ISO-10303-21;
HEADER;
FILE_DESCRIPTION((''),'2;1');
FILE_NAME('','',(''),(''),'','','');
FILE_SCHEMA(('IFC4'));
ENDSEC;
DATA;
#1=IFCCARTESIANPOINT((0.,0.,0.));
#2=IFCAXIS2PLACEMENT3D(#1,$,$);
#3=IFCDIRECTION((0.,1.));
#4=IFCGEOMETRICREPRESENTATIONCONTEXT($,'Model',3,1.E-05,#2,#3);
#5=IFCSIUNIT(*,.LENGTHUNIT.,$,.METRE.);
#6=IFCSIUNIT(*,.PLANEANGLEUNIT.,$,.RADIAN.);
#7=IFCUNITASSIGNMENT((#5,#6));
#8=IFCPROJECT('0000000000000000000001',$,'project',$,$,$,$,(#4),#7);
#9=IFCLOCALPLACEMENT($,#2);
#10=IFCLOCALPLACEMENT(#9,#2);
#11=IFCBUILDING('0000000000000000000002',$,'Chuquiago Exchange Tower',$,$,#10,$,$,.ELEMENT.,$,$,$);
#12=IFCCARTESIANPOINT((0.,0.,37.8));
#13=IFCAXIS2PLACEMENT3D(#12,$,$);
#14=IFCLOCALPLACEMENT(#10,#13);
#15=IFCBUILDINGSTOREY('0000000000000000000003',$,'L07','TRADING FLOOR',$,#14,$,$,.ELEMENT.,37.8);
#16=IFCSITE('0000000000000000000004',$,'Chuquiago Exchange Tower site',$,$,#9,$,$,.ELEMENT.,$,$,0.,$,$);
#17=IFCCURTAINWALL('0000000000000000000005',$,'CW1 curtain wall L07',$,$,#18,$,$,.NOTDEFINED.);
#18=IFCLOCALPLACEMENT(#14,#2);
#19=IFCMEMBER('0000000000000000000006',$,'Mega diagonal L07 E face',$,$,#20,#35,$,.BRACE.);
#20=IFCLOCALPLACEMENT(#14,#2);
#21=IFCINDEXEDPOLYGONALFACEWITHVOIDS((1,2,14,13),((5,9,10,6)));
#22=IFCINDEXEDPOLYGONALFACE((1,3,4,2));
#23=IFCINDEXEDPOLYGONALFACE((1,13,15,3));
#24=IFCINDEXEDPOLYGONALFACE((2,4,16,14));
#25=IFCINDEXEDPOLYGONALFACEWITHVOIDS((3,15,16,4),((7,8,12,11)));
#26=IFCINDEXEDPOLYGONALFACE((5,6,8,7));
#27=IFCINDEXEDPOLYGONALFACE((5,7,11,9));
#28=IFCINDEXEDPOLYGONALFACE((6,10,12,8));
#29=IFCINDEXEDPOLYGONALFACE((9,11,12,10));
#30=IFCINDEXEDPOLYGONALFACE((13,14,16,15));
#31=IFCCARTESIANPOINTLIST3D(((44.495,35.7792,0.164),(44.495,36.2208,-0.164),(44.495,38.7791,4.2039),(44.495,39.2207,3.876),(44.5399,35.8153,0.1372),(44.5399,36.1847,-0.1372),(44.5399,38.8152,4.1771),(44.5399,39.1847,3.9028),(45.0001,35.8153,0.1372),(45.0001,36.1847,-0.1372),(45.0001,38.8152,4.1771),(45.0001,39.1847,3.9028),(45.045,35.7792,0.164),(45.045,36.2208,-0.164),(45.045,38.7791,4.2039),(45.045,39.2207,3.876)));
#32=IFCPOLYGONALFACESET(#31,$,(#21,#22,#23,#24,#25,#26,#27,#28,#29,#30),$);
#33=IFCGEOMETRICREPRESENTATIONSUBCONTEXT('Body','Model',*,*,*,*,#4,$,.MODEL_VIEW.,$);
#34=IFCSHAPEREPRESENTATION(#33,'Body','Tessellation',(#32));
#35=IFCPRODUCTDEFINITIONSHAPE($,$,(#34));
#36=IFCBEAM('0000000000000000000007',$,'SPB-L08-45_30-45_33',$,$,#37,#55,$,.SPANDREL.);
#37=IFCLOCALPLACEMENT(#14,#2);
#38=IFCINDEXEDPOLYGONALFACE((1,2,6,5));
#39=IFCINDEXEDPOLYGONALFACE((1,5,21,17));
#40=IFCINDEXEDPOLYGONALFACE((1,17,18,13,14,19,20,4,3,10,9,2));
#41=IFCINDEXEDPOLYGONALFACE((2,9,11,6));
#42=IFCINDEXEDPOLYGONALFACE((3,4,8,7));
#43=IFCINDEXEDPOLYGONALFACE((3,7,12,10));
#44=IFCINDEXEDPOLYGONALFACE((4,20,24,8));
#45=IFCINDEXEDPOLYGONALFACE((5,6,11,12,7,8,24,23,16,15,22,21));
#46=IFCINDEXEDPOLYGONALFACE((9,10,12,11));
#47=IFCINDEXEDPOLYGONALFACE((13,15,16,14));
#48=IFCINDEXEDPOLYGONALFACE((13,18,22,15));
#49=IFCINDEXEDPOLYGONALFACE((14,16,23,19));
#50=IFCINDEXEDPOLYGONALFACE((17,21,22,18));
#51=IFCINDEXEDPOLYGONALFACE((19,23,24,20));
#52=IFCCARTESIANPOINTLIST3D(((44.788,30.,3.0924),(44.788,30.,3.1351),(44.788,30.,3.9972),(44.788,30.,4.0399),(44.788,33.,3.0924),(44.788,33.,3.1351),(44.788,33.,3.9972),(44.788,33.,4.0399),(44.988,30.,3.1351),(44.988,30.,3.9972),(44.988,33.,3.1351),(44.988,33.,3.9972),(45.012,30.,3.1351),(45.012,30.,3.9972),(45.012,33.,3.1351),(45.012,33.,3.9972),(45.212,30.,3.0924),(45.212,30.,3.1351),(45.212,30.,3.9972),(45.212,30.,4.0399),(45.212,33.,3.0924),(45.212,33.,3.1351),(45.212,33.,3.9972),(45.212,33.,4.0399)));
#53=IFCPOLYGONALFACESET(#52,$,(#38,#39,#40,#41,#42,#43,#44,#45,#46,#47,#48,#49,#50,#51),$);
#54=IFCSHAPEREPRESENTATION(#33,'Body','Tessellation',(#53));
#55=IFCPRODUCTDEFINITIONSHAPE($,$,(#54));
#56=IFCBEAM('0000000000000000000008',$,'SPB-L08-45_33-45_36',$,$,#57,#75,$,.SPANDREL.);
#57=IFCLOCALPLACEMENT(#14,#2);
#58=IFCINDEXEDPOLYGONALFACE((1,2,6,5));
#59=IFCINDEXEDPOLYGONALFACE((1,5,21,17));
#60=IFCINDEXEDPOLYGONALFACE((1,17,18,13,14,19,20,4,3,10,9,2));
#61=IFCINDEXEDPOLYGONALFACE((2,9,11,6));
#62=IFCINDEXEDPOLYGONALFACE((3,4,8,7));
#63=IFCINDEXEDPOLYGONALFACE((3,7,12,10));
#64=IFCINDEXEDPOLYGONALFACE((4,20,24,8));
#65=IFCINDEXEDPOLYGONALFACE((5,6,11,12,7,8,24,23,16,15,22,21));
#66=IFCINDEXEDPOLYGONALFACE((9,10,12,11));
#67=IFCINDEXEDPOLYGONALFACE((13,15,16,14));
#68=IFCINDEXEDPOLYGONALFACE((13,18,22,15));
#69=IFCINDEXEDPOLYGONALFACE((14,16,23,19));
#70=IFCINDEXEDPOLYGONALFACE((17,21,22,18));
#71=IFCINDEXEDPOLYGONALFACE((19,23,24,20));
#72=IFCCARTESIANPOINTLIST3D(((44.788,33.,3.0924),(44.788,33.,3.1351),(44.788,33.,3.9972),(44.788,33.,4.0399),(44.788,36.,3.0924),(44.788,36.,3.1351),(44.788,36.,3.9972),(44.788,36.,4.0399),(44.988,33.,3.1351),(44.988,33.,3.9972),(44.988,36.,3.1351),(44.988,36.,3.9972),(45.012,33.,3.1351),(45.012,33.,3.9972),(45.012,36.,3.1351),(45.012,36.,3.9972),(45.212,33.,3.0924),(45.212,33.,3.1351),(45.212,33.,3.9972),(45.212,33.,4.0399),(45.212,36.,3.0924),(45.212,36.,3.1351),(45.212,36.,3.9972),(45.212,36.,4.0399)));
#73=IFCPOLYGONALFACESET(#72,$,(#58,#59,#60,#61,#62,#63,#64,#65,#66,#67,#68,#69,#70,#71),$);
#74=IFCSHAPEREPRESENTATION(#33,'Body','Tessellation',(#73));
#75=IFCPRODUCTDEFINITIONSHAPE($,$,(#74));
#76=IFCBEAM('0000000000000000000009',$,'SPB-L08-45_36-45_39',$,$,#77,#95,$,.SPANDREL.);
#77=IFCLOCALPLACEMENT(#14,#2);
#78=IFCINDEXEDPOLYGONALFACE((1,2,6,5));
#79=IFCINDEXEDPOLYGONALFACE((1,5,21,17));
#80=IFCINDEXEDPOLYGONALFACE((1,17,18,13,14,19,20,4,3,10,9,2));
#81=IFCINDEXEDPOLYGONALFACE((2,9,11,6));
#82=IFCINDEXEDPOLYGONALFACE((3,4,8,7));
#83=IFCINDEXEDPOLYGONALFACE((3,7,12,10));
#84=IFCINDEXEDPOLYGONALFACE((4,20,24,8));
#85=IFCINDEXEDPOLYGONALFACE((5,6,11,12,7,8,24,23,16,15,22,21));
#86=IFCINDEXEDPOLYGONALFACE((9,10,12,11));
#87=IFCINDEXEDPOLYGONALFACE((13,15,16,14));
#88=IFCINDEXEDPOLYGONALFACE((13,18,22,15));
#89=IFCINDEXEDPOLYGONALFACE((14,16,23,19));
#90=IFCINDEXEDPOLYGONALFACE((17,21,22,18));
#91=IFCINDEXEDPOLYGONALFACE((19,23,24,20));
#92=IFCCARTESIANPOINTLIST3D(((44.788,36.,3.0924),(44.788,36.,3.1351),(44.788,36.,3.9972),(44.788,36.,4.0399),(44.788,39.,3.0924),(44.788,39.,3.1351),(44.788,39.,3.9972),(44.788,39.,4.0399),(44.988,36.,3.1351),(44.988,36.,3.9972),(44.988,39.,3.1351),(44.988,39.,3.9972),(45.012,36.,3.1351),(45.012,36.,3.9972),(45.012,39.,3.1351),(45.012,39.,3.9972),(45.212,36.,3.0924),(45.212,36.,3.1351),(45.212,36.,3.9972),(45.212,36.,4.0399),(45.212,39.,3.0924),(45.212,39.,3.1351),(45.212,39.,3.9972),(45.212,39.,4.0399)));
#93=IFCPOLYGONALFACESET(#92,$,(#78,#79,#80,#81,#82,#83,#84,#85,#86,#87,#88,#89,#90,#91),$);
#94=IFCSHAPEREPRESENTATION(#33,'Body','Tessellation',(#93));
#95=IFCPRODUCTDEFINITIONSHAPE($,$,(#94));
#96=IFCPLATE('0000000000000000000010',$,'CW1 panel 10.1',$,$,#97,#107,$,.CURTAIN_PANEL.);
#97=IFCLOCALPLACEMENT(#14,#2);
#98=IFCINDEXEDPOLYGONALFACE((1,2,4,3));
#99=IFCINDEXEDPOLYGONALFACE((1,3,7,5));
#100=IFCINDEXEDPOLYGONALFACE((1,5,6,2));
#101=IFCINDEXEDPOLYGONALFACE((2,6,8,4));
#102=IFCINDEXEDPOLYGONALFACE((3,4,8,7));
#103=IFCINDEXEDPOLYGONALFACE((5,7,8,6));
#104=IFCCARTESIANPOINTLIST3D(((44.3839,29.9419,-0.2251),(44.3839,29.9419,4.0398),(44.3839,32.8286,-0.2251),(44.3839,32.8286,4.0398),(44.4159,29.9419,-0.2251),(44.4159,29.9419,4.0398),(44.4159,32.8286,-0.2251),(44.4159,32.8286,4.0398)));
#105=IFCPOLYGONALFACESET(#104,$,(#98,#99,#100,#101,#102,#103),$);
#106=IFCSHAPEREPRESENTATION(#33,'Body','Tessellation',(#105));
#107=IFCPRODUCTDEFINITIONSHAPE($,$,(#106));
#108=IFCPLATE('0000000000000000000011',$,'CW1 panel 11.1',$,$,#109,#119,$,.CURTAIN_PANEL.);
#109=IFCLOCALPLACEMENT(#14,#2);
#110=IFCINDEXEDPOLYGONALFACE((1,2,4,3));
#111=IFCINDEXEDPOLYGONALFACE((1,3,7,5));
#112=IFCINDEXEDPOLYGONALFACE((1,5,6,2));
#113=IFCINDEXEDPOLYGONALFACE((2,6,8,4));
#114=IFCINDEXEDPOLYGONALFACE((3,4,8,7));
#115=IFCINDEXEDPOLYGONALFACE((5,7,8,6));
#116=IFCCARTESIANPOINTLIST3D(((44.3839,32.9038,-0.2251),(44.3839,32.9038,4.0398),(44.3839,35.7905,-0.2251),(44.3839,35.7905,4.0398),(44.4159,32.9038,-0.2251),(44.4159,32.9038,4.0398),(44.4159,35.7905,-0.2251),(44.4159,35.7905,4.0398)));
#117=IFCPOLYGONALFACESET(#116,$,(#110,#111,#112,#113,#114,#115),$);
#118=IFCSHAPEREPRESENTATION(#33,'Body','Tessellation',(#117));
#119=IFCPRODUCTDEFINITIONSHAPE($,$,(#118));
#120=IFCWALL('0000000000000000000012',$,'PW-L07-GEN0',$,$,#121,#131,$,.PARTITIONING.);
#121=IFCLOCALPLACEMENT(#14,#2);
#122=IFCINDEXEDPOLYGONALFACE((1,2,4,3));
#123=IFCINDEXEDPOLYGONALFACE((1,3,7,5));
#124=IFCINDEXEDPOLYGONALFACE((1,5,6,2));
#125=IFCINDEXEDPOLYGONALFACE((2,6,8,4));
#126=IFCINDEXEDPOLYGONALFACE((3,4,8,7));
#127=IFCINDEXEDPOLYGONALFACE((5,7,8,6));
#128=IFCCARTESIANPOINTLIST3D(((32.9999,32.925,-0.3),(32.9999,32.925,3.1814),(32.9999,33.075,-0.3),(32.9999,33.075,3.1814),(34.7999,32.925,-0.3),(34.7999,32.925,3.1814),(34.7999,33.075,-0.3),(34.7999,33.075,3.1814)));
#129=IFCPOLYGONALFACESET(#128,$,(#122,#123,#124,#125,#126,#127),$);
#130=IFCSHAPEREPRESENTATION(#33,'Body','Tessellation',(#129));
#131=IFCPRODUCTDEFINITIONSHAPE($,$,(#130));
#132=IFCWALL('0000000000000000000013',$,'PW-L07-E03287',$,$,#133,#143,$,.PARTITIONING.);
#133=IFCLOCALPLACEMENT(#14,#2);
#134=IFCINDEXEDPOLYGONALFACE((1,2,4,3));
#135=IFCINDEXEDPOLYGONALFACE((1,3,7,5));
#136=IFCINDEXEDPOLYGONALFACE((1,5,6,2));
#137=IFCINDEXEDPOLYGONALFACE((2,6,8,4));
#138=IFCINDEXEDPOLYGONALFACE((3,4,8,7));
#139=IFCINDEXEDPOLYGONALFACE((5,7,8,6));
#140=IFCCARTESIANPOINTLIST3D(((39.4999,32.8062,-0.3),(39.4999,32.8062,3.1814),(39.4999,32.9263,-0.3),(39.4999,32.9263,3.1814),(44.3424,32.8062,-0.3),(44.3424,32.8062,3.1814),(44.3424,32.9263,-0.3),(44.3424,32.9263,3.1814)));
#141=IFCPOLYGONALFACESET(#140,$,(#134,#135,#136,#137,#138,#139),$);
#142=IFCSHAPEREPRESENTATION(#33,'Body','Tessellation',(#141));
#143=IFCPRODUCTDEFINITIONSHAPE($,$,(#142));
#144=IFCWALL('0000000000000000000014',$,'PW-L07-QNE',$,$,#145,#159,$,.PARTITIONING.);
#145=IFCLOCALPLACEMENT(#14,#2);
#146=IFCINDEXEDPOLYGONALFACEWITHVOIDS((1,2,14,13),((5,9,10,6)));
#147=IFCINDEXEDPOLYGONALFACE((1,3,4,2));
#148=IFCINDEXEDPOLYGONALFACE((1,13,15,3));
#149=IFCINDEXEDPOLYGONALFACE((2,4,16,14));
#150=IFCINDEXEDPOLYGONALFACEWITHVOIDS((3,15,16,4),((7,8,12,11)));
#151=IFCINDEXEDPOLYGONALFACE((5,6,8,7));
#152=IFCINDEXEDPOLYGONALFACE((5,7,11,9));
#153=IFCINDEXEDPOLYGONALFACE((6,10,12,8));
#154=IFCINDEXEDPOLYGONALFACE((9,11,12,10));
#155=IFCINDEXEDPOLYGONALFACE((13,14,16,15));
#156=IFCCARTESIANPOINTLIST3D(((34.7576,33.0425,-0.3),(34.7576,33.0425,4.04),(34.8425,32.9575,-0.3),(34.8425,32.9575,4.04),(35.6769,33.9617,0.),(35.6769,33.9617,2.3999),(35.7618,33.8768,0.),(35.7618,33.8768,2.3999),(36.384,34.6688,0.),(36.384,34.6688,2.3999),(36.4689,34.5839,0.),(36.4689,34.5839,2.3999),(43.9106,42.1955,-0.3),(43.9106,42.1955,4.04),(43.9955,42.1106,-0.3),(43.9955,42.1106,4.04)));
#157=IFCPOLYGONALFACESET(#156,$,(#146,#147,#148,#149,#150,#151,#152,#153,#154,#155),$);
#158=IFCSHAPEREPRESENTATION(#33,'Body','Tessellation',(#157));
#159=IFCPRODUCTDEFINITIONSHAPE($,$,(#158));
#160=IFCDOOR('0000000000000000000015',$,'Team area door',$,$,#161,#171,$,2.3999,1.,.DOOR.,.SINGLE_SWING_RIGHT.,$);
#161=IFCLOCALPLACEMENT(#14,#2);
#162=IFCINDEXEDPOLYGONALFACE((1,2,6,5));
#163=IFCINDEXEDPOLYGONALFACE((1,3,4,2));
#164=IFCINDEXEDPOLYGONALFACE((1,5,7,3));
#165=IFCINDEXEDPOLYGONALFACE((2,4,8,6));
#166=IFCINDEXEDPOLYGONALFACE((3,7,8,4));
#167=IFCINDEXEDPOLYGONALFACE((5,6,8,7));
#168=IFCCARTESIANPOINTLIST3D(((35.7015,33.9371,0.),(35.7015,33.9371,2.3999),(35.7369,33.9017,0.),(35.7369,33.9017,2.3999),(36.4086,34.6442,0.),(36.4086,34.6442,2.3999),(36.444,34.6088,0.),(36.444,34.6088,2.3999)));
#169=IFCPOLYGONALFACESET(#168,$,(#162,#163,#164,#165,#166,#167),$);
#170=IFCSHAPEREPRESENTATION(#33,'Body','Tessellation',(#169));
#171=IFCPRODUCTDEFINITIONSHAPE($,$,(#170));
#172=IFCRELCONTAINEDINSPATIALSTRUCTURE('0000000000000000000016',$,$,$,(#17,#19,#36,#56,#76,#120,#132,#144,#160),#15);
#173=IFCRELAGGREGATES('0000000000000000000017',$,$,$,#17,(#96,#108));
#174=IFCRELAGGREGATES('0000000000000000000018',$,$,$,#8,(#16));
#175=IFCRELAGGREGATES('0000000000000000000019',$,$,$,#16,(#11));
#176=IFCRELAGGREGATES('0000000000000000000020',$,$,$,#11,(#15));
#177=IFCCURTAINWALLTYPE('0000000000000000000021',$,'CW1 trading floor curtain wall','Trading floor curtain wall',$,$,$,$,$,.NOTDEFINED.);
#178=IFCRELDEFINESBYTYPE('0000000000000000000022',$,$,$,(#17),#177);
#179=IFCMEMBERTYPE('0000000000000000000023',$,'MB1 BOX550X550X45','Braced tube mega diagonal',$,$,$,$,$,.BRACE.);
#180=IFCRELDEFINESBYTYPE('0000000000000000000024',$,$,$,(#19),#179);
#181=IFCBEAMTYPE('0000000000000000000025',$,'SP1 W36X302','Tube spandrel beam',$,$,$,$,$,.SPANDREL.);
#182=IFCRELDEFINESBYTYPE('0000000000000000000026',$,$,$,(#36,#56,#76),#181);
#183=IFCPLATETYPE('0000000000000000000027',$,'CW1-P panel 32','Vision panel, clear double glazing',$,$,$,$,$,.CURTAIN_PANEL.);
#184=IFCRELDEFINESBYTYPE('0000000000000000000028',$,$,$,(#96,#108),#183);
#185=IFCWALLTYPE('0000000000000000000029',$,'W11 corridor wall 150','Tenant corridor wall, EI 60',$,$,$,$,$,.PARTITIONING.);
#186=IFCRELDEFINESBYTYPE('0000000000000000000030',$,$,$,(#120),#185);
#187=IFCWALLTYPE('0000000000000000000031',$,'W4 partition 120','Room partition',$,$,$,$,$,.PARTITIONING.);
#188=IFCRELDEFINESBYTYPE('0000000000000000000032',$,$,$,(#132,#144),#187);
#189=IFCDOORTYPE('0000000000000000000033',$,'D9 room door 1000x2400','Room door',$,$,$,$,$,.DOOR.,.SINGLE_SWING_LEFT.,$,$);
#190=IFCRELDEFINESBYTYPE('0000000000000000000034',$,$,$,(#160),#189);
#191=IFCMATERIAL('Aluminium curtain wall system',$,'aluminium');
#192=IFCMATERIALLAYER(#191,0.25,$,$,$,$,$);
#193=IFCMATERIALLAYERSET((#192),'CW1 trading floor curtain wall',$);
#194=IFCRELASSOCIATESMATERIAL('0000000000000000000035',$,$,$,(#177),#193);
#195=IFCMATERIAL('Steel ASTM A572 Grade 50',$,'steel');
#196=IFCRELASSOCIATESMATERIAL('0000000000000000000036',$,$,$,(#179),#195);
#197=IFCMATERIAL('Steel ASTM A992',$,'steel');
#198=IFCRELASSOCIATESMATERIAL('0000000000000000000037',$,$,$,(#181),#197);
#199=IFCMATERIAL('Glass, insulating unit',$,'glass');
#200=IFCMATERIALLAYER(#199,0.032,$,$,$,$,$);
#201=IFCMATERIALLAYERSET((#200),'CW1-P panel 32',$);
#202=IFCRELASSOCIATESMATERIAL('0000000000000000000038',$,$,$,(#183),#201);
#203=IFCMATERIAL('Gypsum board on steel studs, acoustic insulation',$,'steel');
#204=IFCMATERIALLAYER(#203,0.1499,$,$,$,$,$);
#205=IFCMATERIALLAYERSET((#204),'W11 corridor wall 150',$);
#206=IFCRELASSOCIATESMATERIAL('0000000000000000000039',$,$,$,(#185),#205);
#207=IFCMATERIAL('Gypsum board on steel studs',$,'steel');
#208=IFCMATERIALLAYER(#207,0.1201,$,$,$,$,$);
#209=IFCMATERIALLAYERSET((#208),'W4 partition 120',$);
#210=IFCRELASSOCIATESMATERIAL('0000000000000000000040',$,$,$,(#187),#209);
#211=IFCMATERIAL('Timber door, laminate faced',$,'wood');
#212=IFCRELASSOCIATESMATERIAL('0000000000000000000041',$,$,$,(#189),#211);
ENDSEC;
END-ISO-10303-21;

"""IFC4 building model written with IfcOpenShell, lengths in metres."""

from ifc_helpers import new_model, si_unit, direction, frame, frame_2d, origin, origin_2d, place, context, subcontext, project, spatial, rectangle, hollow_rectangle, i_section, extrude, material, layer, layer_set, material_profile, profile_set, type_object, element, fill, aggregate, save


model = new_model("IFC4")

# Units and contexts
model_context = context("Model", 3, precision=1e-05, world=origin(), true_north=direction((0.0, 1.0)))
body_context = subcontext(model_context, "Body", "Model", "MODEL_VIEW")
ifc_project = project(units=[si_unit("LENGTHUNIT", "METRE"), si_unit("PLANEANGLEUNIT", "RADIAN")], contexts=[model_context])

# Site, building, storey
site_placement = place(None, origin())
site = spatial("IfcSite", under=ifc_project, at=site_placement, Name="Chuquiago Exchange Tower site", CompositionType="ELEMENT", RefElevation=0.0)
building_placement = place(site_placement, origin())
building = spatial("IfcBuilding", under=site, at=building_placement, Name="Chuquiago Exchange Tower", CompositionType="ELEMENT")
storey_placement = place(building_placement, frame((0.0, 0.0, 37.8)))
storey = spatial("IfcBuildingStorey", under=building, at=storey_placement, Name="L07", Description="TRADING FLOOR", CompositionType="ELEMENT", Elevation=37.8)

# Curtain wall
ifc_material_1 = material(Name="Aluminium curtain wall system", Category="aluminium")
ifc_layer_1 = layer(ifc_material_1, 0.25)
ifc_layer_set_1 = layer_set([ifc_layer_1], Name="CW1 trading floor curtain wall")
curtain_wall_type = type_object("IfcCurtainWallType", Name="CW1 trading floor curtain wall", Description="Trading floor curtain wall", PredefinedType="NOTDEFINED", material=ifc_layer_set_1)
curtain_wall_placement = place(storey_placement, origin())
curtain_wall = element("IfcCurtainWall", 1, at=curtain_wall_placement, inside=storey, type_object=curtain_wall_type, Name="CW1 curtain wall L07", PredefinedType="NOTDEFINED")

# Member
ifc_material_2 = material(Name="Steel ASTM A572 Grade 50", Category="steel")
ifc_material_profile_1 = material_profile(ifc_material_2, hollow_rectangle(XDim=0.55, YDim=0.55, WallThickness=0.0449, at=origin_2d()), Name="BOX550X550X45")
ifc_profile_set_1 = profile_set([ifc_material_profile_1], Name="Steel ASTM A572 Grade 50")
member_type_1 = type_object("IfcMemberType", Name="MB1 BOX550X550X45", Description="Braced tube mega diagonal", PredefinedType="BRACE", material=ifc_profile_set_1)
member_1_placement = place(storey_placement, frame((44.77, 36.0, 0.0), z_axis=(0.0, 0.596174, 0.802855), x_axis=(-1.0, 0.0, 0.0)))
element("IfcMember", 2, at=member_1_placement, inside=storey, type_object=member_type_1, Name="Mega diagonal L07 E face", PredefinedType="BRACE", context=body_context, shape_type="SweptSolid", body=[
    extrude(hollow_rectangle(XDim=0.55, YDim=0.55, WallThickness=0.0449, at=origin_2d()), origin(), (0.0, 0.0, 1.0), 5.032),
])

# Beams
ifc_material_3 = material(Name="Steel ASTM A992", Category="steel")
ifc_material_profile_2 = material_profile(ifc_material_3, i_section(OverallWidth=0.4241, OverallDepth=0.9475, WebThickness=0.0239, FlangeThickness=0.0427, at=origin_2d()), Name="W36X302")
ifc_profile_set_2 = profile_set([ifc_material_profile_2], Name="Steel ASTM A992")
beam_type_1 = type_object("IfcBeamType", Name="SP1 W36X302", Description="Tube spandrel beam", PredefinedType="SPANDREL", material=ifc_profile_set_2)
for number, where, z_axis, x_axis, name in (
    (3, (45.0, 30.0, 3.5662), (0.0, 1.0, 0.0), (-1.0, 0.0, 0.0), "SPB-L08-45_30-45_33"),
    (4, (45.0, 33.0, 3.5662), (0.0, 1.0, 0.0), (-1.0, 0.0, 0.0), "SPB-L08-45_33-45_36"),
    (5, (45.0, 36.0, 3.5662), (0.0, 1.0, 0.0), (-1.0, 0.0, 0.0), "SPB-L08-45_36-45_39"),
):
    element("IfcBeam", number, at=place(storey_placement, frame(where, z_axis=z_axis, x_axis=x_axis)), inside=storey, type_object=beam_type_1, Name=name, PredefinedType="SPANDREL", context=body_context, shape_type="SweptSolid", body=[
        extrude(i_section(OverallWidth=0.4241, OverallDepth=0.9475, WebThickness=0.0239, FlangeThickness=0.0427, at=origin_2d()), origin(), (0.0, 0.0, 1.0), 3.0),
    ])

# Plates
ifc_material_4 = material(Name="Glass, insulating unit", Category="glass")
ifc_layer_2 = layer(ifc_material_4, 0.032)
ifc_layer_set_2 = layer_set([ifc_layer_2], Name="CW1-P panel 32")
plate_type = type_object("IfcPlateType", Name="CW1-P panel 32", Description="Vision panel, clear double glazing", PredefinedType="CURTAIN_PANEL", material=ifc_layer_set_2)
plate_1_placement = place(storey_placement, frame((44.3999, 31.3853, -0.2251), z_axis=(0.0, 0.0, 1.0), x_axis=(0.0, 1.0, 0.0)))
plate_1 = element("IfcPlate", 6, at=plate_1_placement, type_object=plate_type, Name="CW1 panel 10.1", PredefinedType="CURTAIN_PANEL", context=body_context, shape_type="SweptSolid", body=[
    extrude(rectangle(XDim=2.8867, YDim=0.032, at=origin_2d()), origin(), (0.0, 0.0, 1.0), 4.2649),
])
plate_2_placement = place(storey_placement, frame((44.3999, 34.3472, -0.2251), z_axis=(0.0, 0.0, 1.0), x_axis=(0.0, 1.0, 0.0)))
plate_2 = element("IfcPlate", 7, at=plate_2_placement, type_object=plate_type, Name="CW1 panel 11.1", PredefinedType="CURTAIN_PANEL", context=body_context, shape_type="SweptSolid", body=[
    extrude(rectangle(XDim=2.8867, YDim=0.032, at=origin_2d()), origin(), (0.0, 0.0, 1.0), 4.2649),
])
aggregate(curtain_wall, [plate_1, plate_2])

# Walls
ifc_material_5 = material(Name="Gypsum board on steel studs, acoustic insulation", Category="steel")
ifc_layer_3 = layer(ifc_material_5, 0.1499)
ifc_layer_set_3 = layer_set([ifc_layer_3], Name="W11 corridor wall 150")
wall_type_1 = type_object("IfcWallType", Name="W11 corridor wall 150", Description="Tenant corridor wall, EI 60", PredefinedType="PARTITIONING", material=ifc_layer_set_3)
wall_1_placement = place(storey_placement, frame((33.0, 33.0, -0.3), z_axis=(0.0, 0.0, 1.0), x_axis=(1.0, 0.0, 0.0)))
element("IfcWall", 8, at=wall_1_placement, inside=storey, type_object=wall_type_1, Name="PW-L07-GEN0", PredefinedType="PARTITIONING", context=body_context, shape_type="SweptSolid", body=[
    extrude(rectangle(XDim=1.8, YDim=0.1499, at=frame_2d((0.8999, 0.0))), origin(), (0.0, 0.0, 1.0), 3.4814),
])
ifc_material_6 = material(Name="Gypsum board on steel studs", Category="steel")
ifc_layer_4 = layer(ifc_material_6, 0.1201)
ifc_layer_set_4 = layer_set([ifc_layer_4], Name="W4 partition 120")
wall_type_2 = type_object("IfcWallType", Name="W4 partition 120", Description="Room partition", PredefinedType="PARTITIONING", material=ifc_layer_set_4)
wall_2_placement = place(storey_placement, frame((44.3425, 32.8662, -0.3), z_axis=(0.0, 0.0, 1.0), x_axis=(-1.0, 0.0, 0.0)))
element("IfcWall", 9, at=wall_2_placement, inside=storey, type_object=wall_type_2, Name="PW-L07-E03287", PredefinedType="PARTITIONING", context=body_context, shape_type="SweptSolid", body=[
    extrude(rectangle(XDim=4.8425, YDim=0.1201, at=frame_2d((2.4214, 0.0))), origin(), (0.0, 0.0, 1.0), 3.4814),
])

# Wall, opening, door
wall_3_placement = place(storey_placement, frame((34.8, 33.0, -0.3), z_axis=(0.0, 0.0, 1.0), x_axis=(0.707107, 0.707107, 0.0)))
wall_3 = element("IfcWall", 10, at=wall_3_placement, inside=storey, type_object=wall_type_2, Name="PW-L07-QNE", PredefinedType="PARTITIONING", context=body_context, shape_type="SweptSolid", body=[
    extrude(rectangle(XDim=12.9443, YDim=0.1201, at=frame_2d((6.4722, 0.0))), origin(), (0.0, 0.0, 1.0), 4.3401),
])
opening_placement = place(wall_3_placement, frame((1.3, 0.0, 0.3)))
opening = element("IfcOpeningElement", 11, at=opening_placement, cuts=wall_3, PredefinedType="OPENING", context=body_context, shape_type="SweptSolid", body=[
    extrude(rectangle(XDim=1.0, YDim=2.3999, at=frame_2d((0.5, 1.2))), frame((0.0, 0.0701, 0.0), z_axis=(0.0, -1.0, 0.0), x_axis=(1.0, 0.0, 0.0)), (0.0, 0.0, 1.0), 0.1401),
])
ifc_material_7 = material(Name="Timber door, laminate faced", Category="wood")
door_type = type_object("IfcDoorType", Name="D9 room door 1000x2400", Description="Room door", OperationType="SINGLE_SWING_LEFT", PredefinedType="DOOR", material=ifc_material_7)
door_placement = place(opening_placement, frame((1.0, 0.0, 0.0), z_axis=(0.0, 0.0, 1.0), x_axis=(-1.0, 0.0, 0.0)))
door = element("IfcDoor", 12, at=door_placement, inside=storey, type_object=door_type, Name="Team area door", OperationType="SINGLE_SWING_RIGHT", OverallHeight=2.3999, OverallWidth=1.0, PredefinedType="DOOR", context=body_context, shape_type="SweptSolid", body=[
    extrude(rectangle(XDim=1.0, YDim=2.3999, at=frame_2d((0.5, 1.2))), frame((0.0, 0.0249, 0.0), z_axis=(0.0, -1.0, 0.0), x_axis=(1.0, 0.0, 0.0)), (0.0, 0.0, 1.0), 0.05),
])
fill(opening, door)

save(model, "model.ifc")
